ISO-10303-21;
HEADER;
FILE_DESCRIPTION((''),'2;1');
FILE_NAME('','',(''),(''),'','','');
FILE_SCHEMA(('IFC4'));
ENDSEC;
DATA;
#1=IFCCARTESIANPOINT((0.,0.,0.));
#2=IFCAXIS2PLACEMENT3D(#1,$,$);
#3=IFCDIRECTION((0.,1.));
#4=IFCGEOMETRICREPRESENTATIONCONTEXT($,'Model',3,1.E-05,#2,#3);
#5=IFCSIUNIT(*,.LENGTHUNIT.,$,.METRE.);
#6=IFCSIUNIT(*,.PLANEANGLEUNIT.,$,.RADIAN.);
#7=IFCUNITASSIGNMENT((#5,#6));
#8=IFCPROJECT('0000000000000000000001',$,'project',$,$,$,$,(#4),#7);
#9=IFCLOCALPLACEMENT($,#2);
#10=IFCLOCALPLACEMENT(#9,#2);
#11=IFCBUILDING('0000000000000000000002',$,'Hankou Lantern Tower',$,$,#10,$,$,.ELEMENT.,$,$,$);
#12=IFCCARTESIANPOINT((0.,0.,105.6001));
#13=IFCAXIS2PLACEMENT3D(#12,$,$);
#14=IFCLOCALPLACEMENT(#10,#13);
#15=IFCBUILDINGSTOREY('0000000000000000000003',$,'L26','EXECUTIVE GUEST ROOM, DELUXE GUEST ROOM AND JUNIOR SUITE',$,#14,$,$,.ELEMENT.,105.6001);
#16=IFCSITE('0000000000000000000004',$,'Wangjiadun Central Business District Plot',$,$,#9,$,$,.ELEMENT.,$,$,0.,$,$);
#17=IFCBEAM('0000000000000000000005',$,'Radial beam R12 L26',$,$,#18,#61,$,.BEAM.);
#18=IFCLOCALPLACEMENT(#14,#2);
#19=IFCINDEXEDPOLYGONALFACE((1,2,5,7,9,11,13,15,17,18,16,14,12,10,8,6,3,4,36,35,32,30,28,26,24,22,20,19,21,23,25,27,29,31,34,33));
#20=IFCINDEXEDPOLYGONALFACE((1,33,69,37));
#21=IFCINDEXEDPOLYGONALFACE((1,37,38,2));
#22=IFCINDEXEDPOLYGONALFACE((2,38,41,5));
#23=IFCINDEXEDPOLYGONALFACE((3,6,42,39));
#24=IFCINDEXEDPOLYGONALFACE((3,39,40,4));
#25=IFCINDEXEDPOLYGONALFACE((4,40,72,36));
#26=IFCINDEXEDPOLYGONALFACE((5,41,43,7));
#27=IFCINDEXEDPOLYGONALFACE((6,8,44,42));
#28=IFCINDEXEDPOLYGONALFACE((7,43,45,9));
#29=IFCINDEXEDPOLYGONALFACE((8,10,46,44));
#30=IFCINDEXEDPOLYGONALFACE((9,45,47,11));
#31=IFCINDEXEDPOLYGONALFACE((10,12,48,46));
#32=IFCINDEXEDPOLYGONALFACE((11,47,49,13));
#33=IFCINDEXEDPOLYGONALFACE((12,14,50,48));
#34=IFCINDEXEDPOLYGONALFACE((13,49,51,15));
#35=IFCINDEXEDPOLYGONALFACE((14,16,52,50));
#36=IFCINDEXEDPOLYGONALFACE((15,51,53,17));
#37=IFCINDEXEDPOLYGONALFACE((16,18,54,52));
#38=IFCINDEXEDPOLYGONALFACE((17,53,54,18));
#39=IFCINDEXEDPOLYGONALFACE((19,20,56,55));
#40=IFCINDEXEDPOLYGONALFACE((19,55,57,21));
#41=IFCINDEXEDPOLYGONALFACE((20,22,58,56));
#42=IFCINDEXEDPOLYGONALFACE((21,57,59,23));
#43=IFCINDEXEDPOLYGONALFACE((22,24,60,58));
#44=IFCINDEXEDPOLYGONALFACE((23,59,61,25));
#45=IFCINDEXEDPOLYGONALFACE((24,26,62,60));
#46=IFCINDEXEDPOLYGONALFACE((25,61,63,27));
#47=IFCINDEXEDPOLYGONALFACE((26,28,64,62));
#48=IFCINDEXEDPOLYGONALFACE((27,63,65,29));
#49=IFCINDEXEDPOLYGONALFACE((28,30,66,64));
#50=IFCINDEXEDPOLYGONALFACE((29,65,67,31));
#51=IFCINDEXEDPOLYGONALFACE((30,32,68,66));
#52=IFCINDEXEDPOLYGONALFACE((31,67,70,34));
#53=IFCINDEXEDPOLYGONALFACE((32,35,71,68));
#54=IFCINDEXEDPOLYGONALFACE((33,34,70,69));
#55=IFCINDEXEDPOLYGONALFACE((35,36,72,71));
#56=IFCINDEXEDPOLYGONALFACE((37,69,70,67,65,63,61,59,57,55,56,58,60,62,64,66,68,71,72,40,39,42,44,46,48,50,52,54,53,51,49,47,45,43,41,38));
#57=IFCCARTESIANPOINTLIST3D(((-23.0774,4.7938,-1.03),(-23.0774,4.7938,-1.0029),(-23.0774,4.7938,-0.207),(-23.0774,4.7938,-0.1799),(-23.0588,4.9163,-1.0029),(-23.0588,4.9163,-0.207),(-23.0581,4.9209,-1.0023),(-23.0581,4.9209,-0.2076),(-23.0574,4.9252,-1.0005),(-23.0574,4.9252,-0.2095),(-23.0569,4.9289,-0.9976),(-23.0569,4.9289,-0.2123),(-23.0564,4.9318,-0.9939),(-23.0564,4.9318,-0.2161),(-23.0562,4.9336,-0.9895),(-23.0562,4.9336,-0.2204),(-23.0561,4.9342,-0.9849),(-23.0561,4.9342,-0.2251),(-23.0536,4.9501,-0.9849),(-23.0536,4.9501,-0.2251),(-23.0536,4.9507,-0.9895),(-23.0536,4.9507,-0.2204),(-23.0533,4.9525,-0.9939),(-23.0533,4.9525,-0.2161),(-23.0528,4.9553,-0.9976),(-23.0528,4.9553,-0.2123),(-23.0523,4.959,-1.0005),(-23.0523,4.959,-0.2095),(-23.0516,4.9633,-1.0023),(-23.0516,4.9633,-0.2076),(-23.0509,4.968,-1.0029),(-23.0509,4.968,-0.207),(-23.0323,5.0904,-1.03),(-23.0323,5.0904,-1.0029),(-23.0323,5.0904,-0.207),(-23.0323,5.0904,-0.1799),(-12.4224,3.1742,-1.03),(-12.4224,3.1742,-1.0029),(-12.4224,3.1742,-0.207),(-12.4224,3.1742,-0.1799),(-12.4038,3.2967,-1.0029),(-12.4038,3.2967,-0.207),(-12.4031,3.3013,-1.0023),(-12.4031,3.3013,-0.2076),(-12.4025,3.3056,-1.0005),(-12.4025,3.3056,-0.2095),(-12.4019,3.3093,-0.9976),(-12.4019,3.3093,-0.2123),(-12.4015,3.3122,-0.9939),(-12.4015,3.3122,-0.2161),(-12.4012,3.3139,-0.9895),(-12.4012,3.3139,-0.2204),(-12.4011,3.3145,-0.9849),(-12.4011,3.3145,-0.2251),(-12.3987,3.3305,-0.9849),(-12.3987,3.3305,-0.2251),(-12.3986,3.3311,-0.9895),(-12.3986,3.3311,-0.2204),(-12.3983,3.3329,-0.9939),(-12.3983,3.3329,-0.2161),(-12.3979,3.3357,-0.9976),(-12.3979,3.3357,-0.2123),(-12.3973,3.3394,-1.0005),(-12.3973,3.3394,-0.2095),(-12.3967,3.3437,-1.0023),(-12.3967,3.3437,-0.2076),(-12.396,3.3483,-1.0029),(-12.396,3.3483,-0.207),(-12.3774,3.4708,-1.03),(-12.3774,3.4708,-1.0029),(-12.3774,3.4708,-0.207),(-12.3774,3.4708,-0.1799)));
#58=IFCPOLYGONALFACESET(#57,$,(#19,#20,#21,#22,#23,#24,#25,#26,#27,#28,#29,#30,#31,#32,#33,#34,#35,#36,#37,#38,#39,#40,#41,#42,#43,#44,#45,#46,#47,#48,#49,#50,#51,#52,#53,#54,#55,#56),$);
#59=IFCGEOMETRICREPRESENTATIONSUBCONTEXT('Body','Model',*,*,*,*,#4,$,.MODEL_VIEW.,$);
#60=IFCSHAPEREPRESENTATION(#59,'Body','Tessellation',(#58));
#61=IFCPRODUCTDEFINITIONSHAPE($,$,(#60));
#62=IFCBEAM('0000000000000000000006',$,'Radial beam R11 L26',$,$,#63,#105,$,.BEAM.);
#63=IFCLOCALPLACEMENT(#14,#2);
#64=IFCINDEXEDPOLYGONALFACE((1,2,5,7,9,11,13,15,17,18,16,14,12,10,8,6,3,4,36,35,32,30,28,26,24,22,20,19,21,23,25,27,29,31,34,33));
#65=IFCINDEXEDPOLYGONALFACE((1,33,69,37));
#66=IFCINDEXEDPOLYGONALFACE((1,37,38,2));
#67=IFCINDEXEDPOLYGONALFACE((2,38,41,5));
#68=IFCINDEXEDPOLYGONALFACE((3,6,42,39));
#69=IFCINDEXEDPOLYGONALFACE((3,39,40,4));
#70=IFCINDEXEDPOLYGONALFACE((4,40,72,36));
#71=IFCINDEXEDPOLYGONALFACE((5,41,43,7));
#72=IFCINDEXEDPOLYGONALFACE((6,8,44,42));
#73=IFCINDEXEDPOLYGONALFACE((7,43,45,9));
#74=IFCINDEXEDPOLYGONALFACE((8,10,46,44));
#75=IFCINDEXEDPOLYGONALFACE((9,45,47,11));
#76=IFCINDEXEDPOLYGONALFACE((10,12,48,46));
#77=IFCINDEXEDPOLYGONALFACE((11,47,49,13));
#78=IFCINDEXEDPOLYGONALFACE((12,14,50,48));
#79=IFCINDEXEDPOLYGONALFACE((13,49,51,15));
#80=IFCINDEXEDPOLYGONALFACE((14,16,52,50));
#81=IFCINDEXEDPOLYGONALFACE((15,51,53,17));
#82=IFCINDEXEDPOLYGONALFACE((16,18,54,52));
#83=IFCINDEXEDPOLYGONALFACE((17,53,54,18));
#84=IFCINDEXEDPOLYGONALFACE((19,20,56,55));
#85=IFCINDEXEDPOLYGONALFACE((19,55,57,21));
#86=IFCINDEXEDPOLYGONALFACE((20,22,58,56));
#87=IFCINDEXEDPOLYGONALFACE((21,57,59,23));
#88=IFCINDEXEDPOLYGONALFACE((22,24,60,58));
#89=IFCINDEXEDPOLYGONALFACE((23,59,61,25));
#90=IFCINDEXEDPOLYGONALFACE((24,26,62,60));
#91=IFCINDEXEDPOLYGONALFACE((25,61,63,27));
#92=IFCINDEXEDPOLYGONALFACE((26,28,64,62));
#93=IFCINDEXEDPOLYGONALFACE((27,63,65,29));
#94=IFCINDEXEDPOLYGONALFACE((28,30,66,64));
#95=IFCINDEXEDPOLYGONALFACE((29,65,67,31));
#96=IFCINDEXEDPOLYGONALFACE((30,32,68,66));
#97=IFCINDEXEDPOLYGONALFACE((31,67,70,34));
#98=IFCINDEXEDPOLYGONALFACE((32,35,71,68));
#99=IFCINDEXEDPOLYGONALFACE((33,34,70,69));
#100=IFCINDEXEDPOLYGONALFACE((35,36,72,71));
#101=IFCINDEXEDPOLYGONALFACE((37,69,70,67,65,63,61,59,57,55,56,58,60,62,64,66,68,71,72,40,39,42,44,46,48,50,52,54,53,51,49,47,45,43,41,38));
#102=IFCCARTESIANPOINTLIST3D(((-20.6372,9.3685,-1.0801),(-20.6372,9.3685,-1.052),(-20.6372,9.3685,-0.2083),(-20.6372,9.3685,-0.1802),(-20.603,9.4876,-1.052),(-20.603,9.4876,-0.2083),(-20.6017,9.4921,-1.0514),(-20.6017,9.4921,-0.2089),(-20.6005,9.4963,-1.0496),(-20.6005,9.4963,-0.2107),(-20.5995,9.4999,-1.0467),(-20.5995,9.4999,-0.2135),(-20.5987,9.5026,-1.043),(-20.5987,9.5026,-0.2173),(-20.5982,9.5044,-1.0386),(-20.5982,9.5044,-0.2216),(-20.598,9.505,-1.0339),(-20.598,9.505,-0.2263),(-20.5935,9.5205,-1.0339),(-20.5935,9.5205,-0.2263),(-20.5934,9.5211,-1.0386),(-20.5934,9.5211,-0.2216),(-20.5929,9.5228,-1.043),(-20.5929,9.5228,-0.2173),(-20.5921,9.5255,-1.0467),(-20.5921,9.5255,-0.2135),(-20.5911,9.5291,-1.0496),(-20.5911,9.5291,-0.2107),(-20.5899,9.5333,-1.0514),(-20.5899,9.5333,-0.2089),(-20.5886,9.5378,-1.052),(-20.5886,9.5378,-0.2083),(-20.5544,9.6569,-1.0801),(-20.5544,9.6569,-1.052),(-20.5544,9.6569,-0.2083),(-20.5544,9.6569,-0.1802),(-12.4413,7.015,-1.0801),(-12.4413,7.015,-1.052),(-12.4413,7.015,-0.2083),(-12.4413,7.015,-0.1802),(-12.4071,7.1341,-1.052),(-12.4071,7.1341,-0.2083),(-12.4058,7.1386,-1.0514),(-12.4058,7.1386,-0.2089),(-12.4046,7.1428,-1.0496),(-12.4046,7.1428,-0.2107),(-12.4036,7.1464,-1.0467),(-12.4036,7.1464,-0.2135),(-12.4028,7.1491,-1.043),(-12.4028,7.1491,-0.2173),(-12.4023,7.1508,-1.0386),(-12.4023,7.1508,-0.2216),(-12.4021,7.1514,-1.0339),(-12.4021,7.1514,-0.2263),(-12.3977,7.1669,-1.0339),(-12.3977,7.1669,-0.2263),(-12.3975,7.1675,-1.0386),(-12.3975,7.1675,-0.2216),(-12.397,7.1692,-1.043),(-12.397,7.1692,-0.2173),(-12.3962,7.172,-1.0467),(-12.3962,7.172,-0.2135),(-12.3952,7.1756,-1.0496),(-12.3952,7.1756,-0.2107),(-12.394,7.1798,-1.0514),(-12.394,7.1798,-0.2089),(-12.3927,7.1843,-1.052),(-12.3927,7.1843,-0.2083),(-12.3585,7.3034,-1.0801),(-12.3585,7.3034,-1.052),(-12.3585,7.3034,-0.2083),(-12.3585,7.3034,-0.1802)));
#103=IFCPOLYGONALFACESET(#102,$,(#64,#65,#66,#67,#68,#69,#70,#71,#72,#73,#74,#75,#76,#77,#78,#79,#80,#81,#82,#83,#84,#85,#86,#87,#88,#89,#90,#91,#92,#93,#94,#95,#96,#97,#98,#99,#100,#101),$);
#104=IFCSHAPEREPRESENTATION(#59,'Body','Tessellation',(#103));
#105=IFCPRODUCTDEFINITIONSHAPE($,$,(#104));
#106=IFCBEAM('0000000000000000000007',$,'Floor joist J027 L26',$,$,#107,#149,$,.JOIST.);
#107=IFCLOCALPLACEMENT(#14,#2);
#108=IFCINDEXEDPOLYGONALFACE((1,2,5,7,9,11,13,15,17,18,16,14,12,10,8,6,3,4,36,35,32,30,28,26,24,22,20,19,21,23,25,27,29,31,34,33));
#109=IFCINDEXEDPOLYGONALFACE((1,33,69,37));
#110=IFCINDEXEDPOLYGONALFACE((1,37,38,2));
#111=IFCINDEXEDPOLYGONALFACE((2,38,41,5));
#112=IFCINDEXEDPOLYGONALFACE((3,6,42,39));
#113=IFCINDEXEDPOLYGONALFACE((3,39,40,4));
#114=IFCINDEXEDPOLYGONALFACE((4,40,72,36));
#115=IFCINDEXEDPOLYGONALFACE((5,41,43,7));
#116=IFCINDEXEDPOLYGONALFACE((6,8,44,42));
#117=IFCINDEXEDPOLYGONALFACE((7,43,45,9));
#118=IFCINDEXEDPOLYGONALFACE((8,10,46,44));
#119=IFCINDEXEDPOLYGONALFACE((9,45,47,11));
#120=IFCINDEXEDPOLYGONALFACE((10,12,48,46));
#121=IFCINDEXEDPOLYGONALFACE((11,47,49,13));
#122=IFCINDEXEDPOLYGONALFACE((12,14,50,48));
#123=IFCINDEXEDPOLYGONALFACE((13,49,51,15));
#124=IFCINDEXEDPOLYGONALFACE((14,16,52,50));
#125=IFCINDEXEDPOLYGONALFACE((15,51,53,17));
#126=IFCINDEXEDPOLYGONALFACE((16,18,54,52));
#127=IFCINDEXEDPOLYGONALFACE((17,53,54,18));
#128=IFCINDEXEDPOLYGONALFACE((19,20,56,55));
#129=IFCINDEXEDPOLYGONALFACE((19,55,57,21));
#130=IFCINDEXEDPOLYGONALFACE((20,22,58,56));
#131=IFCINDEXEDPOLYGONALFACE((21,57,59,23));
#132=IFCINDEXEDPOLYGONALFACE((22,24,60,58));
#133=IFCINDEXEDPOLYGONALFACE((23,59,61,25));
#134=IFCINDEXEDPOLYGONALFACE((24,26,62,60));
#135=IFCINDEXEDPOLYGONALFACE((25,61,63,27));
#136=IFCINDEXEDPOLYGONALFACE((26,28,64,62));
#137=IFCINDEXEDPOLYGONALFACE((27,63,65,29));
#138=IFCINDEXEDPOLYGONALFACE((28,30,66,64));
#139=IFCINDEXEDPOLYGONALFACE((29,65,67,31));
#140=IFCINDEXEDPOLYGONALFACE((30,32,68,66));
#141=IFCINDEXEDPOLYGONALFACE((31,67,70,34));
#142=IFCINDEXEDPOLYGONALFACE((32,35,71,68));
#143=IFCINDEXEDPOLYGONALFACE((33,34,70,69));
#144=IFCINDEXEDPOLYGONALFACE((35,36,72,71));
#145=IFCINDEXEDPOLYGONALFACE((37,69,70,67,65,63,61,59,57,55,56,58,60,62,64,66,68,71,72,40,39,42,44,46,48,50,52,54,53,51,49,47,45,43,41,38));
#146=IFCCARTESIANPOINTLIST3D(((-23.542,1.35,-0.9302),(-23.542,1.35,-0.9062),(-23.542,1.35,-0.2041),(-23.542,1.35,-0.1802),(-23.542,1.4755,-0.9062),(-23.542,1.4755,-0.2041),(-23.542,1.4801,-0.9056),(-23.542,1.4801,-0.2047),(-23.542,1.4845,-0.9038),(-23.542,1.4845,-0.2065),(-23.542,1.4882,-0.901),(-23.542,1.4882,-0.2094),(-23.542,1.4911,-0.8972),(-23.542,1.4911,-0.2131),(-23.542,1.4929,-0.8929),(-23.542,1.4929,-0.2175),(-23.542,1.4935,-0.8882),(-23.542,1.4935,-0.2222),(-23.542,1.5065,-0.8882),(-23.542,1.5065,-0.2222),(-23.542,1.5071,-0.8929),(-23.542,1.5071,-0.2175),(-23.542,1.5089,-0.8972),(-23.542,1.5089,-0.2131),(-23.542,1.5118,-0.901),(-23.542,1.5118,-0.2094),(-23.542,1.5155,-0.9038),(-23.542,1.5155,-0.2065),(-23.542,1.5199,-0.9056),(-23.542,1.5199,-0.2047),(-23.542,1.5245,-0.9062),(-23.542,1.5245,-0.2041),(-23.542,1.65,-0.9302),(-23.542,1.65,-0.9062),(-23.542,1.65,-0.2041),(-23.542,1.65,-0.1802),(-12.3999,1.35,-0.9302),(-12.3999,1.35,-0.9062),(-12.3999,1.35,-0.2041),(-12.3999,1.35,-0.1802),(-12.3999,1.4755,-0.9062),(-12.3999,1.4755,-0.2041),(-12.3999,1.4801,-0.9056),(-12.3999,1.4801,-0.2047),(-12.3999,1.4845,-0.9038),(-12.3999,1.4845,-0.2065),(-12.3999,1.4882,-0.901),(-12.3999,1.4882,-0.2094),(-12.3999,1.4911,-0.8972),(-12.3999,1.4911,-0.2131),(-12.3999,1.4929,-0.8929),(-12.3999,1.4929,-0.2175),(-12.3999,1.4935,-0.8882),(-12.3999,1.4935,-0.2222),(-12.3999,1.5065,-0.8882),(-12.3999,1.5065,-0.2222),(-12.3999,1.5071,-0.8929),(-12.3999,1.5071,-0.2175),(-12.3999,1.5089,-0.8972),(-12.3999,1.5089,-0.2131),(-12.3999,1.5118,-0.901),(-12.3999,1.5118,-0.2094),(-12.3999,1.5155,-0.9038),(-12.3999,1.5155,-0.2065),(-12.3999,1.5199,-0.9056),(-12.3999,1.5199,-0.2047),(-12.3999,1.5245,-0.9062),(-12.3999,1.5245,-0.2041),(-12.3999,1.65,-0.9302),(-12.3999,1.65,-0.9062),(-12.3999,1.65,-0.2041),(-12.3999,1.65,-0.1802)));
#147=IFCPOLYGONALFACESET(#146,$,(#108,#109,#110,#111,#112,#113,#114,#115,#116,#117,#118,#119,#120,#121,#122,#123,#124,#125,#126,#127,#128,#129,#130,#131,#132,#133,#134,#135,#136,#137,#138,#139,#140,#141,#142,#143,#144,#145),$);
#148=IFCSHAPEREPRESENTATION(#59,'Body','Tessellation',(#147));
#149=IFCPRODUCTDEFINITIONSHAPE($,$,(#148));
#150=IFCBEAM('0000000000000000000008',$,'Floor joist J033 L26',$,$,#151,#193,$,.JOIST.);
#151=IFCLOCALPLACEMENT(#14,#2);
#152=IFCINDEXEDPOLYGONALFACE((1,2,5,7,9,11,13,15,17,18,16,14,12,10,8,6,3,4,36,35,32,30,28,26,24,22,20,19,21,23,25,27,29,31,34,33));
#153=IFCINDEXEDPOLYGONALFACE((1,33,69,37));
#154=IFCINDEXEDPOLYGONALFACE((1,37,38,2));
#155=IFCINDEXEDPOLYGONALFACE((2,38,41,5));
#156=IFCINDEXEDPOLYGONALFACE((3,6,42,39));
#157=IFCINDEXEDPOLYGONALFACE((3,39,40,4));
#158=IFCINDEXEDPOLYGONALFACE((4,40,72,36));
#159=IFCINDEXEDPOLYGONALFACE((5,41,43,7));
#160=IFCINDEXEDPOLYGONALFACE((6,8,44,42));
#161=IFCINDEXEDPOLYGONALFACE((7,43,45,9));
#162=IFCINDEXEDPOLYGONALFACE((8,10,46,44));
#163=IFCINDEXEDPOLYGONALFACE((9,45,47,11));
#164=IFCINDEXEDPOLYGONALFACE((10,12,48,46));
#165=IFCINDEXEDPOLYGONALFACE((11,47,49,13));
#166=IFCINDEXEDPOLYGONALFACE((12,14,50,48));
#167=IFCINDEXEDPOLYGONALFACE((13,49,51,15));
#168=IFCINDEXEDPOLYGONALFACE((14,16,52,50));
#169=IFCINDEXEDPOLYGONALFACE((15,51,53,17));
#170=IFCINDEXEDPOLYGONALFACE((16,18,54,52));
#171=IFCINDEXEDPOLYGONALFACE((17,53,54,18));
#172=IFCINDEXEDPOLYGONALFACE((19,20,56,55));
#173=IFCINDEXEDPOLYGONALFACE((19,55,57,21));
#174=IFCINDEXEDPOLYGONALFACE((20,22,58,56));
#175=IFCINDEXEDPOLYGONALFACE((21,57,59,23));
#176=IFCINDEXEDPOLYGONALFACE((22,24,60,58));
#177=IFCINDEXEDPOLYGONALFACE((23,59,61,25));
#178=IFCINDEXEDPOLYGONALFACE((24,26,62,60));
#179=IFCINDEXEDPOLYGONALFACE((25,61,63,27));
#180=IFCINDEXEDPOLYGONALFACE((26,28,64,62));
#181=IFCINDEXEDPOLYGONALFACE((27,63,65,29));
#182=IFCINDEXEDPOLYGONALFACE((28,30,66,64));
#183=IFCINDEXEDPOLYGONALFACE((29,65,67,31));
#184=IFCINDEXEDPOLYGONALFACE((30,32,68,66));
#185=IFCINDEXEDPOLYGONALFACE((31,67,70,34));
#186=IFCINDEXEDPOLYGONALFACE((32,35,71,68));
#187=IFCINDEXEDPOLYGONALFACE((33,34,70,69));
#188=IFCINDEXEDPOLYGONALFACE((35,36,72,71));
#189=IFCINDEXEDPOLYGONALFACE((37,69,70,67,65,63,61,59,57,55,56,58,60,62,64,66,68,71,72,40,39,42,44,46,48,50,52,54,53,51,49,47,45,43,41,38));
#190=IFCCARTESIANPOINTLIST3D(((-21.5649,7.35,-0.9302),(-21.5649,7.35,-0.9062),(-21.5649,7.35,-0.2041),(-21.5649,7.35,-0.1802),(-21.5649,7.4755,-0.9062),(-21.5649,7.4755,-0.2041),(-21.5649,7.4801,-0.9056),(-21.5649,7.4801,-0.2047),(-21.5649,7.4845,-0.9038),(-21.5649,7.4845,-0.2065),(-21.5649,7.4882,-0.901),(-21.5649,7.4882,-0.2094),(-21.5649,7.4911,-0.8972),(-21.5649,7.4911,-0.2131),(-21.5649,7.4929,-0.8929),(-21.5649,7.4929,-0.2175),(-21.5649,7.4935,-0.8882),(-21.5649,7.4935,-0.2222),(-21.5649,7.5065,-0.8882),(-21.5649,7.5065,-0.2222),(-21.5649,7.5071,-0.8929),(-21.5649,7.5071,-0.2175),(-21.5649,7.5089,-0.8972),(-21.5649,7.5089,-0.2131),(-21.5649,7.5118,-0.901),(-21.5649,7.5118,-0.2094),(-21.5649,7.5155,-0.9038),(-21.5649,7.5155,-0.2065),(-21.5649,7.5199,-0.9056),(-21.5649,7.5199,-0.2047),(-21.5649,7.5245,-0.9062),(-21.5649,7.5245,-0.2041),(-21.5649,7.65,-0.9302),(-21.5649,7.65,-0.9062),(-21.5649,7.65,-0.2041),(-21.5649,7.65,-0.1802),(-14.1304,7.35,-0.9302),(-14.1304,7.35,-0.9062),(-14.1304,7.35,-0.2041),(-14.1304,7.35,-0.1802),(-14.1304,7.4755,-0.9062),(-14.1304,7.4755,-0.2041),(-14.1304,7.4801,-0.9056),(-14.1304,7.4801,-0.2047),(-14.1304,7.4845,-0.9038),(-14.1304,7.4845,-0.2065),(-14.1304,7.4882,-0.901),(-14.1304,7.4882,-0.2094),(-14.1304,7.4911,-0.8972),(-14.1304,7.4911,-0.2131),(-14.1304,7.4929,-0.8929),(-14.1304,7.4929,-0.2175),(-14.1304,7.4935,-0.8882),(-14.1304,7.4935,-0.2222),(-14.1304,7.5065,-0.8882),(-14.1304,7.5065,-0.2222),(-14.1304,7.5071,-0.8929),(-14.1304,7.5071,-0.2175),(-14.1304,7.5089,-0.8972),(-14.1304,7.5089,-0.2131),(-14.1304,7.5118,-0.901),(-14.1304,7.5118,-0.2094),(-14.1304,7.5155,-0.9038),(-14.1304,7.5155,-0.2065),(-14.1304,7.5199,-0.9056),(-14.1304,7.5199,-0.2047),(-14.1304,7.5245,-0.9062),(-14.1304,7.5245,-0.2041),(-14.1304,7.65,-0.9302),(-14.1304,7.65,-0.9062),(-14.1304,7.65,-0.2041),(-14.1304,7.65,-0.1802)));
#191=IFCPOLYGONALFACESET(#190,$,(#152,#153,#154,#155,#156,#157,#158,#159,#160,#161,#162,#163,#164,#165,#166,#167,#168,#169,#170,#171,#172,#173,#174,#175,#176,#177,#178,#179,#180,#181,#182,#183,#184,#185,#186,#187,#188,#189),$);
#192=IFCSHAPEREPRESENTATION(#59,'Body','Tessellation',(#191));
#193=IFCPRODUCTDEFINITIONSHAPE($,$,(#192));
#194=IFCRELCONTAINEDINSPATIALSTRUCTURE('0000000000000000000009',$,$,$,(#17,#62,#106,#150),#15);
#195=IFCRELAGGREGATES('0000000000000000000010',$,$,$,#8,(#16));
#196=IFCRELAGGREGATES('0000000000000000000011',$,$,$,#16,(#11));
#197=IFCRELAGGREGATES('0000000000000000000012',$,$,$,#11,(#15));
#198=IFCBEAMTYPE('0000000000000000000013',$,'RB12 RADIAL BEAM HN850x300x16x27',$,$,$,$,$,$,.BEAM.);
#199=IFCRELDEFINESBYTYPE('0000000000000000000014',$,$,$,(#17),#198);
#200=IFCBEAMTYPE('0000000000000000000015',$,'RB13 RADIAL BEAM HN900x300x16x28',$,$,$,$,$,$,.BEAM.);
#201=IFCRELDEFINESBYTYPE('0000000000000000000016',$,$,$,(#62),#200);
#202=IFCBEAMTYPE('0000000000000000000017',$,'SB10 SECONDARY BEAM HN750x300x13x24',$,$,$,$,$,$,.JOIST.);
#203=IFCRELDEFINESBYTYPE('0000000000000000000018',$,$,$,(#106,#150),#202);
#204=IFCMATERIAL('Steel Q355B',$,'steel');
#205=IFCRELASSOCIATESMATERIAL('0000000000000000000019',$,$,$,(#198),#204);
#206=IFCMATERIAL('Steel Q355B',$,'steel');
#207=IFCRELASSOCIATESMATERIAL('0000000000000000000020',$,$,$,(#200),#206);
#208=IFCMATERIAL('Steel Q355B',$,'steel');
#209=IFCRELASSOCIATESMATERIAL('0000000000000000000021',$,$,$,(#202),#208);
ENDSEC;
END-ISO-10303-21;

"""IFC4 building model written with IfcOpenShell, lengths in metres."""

from ifc_helpers import new_model, si_unit, direction, frame, origin, origin_2d, place, context, subcontext, project, spatial, i_section, extrude, material, material_profile, profile_set, type_object, element, save


model = new_model("IFC4")

# Units and contexts
model_context = context("Model", 3, precision=1e-05, world=origin(), true_north=direction((0.0, 1.0)))
body_context = subcontext(model_context, "Body", "Model", "MODEL_VIEW")
ifc_project = project(units=[si_unit("LENGTHUNIT", "METRE"), si_unit("PLANEANGLEUNIT", "RADIAN")], contexts=[model_context])

# Site, building, storey
site_placement = place(None, origin())
site = spatial("IfcSite", under=ifc_project, at=site_placement, Name="Wangjiadun Central Business District Plot", CompositionType="ELEMENT", RefElevation=0.0)
building_placement = place(site_placement, origin())
building = spatial("IfcBuilding", under=site, at=building_placement, Name="Hankou Lantern Tower", CompositionType="ELEMENT")
storey_placement = place(building_placement, frame((0.0, 0.0, 105.6001)))
storey = spatial("IfcBuildingStorey", under=building, at=storey_placement, Name="L26", Description="EXECUTIVE GUEST ROOM, DELUXE GUEST ROOM AND JUNIOR SUITE", CompositionType="ELEMENT", Elevation=105.6001)

# Beams
ifc_material_1 = material(Name="Steel Q355B", Category="steel")
ifc_material_profile_1 = material_profile(ifc_material_1, i_section(OverallWidth=0.3, OverallDepth=0.8501, WebThickness=0.0161, FlangeThickness=0.0271, FilletRadius=0.0181, at=origin_2d()), Name="HN850x300x16x27")
ifc_profile_set_1 = profile_set([ifc_material_profile_1], Name="Steel Q355B")
beam_type_1 = type_object("IfcBeamType", Name="RB12 RADIAL BEAM HN850x300x16x27", PredefinedType="BEAM", material=ifc_profile_set_1)
beam_1_placement = place(storey_placement, frame((-12.3999, 3.3225, -0.605), z_axis=(-0.988644, 0.15028, 0.0), x_axis=(-0.15028, -0.988644, 0.0)))
element("IfcBeam", 1, at=beam_1_placement, inside=storey, type_object=beam_type_1, Name="Radial beam R12 L26", PredefinedType="BEAM", context=body_context, shape_type="SweptSolid", body=[
    extrude(i_section(OverallWidth=0.3, OverallDepth=0.8501, WebThickness=0.0161, FlangeThickness=0.0271, FilletRadius=0.0181, at=origin_2d()), origin(), (0.0, 0.0, 1.0), 10.7773),
])
ifc_material_2 = material(Name="Steel Q355B", Category="steel")
ifc_material_profile_2 = material_profile(ifc_material_2, i_section(OverallWidth=0.3, OverallDepth=0.8999, WebThickness=0.0161, FlangeThickness=0.0281, FilletRadius=0.0181, at=origin_2d()), Name="HN900x300x16x28")
ifc_profile_set_2 = profile_set([ifc_material_profile_2], Name="Steel Q355B")
beam_type_2 = type_object("IfcBeamType", Name="RB13 RADIAL BEAM HN900x300x16x28", PredefinedType="BEAM", material=ifc_profile_set_2)
beam_2_placement = place(storey_placement, frame((-12.3999, 7.1592, -0.6301), z_axis=(-0.961156, 0.276007, 0.0), x_axis=(-0.276007, -0.961156, 0.0)))
element("IfcBeam", 2, at=beam_2_placement, inside=storey, type_object=beam_type_2, Name="Radial beam R11 L26", PredefinedType="BEAM", context=body_context, shape_type="SweptSolid", body=[
    extrude(i_section(OverallWidth=0.3, OverallDepth=0.8999, WebThickness=0.0161, FlangeThickness=0.0281, FilletRadius=0.0181, at=origin_2d()), origin(), (0.0, 0.0, 1.0), 8.5271),
])
ifc_material_3 = material(Name="Steel Q355B", Category="steel")
ifc_material_profile_3 = material_profile(ifc_material_3, i_section(OverallWidth=0.3, OverallDepth=0.75, WebThickness=0.0129, FlangeThickness=0.0239, FilletRadius=0.0181, at=origin_2d()), Name="HN750x300x13x24")
ifc_profile_set_3 = profile_set([ifc_material_profile_3], Name="Steel Q355B")
beam_type_3 = type_object("IfcBeamType", Name="SB10 SECONDARY BEAM HN750x300x13x24", PredefinedType="JOIST", material=ifc_profile_set_3)
beam_3_placement = place(storey_placement, frame((-23.542, 1.5, -0.5552), z_axis=(1.0, 0.0, 0.0), x_axis=(0.0, 1.0, 0.0)))
element("IfcBeam", 3, at=beam_3_placement, inside=storey, type_object=beam_type_3, Name="Floor joist J027 L26", PredefinedType="JOIST", context=body_context, shape_type="SweptSolid", body=[
    extrude(i_section(OverallWidth=0.3, OverallDepth=0.75, WebThickness=0.0129, FlangeThickness=0.0239, FilletRadius=0.0181, at=origin_2d()), origin(), (0.0, 0.0, 1.0), 11.1421),
])
beam_4_placement = place(storey_placement, frame((-21.5649, 7.5, -0.5552), z_axis=(1.0, 0.0, 0.0), x_axis=(0.0, 1.0, 0.0)))
element("IfcBeam", 4, at=beam_4_placement, inside=storey, type_object=beam_type_3, Name="Floor joist J033 L26", PredefinedType="JOIST", context=body_context, shape_type="SweptSolid", body=[
    extrude(i_section(OverallWidth=0.3, OverallDepth=0.75, WebThickness=0.0129, FlangeThickness=0.0239, FilletRadius=0.0181, at=origin_2d()), origin(), (0.0, 0.0, 1.0), 7.4346),
])

save(model, "model.ifc")
